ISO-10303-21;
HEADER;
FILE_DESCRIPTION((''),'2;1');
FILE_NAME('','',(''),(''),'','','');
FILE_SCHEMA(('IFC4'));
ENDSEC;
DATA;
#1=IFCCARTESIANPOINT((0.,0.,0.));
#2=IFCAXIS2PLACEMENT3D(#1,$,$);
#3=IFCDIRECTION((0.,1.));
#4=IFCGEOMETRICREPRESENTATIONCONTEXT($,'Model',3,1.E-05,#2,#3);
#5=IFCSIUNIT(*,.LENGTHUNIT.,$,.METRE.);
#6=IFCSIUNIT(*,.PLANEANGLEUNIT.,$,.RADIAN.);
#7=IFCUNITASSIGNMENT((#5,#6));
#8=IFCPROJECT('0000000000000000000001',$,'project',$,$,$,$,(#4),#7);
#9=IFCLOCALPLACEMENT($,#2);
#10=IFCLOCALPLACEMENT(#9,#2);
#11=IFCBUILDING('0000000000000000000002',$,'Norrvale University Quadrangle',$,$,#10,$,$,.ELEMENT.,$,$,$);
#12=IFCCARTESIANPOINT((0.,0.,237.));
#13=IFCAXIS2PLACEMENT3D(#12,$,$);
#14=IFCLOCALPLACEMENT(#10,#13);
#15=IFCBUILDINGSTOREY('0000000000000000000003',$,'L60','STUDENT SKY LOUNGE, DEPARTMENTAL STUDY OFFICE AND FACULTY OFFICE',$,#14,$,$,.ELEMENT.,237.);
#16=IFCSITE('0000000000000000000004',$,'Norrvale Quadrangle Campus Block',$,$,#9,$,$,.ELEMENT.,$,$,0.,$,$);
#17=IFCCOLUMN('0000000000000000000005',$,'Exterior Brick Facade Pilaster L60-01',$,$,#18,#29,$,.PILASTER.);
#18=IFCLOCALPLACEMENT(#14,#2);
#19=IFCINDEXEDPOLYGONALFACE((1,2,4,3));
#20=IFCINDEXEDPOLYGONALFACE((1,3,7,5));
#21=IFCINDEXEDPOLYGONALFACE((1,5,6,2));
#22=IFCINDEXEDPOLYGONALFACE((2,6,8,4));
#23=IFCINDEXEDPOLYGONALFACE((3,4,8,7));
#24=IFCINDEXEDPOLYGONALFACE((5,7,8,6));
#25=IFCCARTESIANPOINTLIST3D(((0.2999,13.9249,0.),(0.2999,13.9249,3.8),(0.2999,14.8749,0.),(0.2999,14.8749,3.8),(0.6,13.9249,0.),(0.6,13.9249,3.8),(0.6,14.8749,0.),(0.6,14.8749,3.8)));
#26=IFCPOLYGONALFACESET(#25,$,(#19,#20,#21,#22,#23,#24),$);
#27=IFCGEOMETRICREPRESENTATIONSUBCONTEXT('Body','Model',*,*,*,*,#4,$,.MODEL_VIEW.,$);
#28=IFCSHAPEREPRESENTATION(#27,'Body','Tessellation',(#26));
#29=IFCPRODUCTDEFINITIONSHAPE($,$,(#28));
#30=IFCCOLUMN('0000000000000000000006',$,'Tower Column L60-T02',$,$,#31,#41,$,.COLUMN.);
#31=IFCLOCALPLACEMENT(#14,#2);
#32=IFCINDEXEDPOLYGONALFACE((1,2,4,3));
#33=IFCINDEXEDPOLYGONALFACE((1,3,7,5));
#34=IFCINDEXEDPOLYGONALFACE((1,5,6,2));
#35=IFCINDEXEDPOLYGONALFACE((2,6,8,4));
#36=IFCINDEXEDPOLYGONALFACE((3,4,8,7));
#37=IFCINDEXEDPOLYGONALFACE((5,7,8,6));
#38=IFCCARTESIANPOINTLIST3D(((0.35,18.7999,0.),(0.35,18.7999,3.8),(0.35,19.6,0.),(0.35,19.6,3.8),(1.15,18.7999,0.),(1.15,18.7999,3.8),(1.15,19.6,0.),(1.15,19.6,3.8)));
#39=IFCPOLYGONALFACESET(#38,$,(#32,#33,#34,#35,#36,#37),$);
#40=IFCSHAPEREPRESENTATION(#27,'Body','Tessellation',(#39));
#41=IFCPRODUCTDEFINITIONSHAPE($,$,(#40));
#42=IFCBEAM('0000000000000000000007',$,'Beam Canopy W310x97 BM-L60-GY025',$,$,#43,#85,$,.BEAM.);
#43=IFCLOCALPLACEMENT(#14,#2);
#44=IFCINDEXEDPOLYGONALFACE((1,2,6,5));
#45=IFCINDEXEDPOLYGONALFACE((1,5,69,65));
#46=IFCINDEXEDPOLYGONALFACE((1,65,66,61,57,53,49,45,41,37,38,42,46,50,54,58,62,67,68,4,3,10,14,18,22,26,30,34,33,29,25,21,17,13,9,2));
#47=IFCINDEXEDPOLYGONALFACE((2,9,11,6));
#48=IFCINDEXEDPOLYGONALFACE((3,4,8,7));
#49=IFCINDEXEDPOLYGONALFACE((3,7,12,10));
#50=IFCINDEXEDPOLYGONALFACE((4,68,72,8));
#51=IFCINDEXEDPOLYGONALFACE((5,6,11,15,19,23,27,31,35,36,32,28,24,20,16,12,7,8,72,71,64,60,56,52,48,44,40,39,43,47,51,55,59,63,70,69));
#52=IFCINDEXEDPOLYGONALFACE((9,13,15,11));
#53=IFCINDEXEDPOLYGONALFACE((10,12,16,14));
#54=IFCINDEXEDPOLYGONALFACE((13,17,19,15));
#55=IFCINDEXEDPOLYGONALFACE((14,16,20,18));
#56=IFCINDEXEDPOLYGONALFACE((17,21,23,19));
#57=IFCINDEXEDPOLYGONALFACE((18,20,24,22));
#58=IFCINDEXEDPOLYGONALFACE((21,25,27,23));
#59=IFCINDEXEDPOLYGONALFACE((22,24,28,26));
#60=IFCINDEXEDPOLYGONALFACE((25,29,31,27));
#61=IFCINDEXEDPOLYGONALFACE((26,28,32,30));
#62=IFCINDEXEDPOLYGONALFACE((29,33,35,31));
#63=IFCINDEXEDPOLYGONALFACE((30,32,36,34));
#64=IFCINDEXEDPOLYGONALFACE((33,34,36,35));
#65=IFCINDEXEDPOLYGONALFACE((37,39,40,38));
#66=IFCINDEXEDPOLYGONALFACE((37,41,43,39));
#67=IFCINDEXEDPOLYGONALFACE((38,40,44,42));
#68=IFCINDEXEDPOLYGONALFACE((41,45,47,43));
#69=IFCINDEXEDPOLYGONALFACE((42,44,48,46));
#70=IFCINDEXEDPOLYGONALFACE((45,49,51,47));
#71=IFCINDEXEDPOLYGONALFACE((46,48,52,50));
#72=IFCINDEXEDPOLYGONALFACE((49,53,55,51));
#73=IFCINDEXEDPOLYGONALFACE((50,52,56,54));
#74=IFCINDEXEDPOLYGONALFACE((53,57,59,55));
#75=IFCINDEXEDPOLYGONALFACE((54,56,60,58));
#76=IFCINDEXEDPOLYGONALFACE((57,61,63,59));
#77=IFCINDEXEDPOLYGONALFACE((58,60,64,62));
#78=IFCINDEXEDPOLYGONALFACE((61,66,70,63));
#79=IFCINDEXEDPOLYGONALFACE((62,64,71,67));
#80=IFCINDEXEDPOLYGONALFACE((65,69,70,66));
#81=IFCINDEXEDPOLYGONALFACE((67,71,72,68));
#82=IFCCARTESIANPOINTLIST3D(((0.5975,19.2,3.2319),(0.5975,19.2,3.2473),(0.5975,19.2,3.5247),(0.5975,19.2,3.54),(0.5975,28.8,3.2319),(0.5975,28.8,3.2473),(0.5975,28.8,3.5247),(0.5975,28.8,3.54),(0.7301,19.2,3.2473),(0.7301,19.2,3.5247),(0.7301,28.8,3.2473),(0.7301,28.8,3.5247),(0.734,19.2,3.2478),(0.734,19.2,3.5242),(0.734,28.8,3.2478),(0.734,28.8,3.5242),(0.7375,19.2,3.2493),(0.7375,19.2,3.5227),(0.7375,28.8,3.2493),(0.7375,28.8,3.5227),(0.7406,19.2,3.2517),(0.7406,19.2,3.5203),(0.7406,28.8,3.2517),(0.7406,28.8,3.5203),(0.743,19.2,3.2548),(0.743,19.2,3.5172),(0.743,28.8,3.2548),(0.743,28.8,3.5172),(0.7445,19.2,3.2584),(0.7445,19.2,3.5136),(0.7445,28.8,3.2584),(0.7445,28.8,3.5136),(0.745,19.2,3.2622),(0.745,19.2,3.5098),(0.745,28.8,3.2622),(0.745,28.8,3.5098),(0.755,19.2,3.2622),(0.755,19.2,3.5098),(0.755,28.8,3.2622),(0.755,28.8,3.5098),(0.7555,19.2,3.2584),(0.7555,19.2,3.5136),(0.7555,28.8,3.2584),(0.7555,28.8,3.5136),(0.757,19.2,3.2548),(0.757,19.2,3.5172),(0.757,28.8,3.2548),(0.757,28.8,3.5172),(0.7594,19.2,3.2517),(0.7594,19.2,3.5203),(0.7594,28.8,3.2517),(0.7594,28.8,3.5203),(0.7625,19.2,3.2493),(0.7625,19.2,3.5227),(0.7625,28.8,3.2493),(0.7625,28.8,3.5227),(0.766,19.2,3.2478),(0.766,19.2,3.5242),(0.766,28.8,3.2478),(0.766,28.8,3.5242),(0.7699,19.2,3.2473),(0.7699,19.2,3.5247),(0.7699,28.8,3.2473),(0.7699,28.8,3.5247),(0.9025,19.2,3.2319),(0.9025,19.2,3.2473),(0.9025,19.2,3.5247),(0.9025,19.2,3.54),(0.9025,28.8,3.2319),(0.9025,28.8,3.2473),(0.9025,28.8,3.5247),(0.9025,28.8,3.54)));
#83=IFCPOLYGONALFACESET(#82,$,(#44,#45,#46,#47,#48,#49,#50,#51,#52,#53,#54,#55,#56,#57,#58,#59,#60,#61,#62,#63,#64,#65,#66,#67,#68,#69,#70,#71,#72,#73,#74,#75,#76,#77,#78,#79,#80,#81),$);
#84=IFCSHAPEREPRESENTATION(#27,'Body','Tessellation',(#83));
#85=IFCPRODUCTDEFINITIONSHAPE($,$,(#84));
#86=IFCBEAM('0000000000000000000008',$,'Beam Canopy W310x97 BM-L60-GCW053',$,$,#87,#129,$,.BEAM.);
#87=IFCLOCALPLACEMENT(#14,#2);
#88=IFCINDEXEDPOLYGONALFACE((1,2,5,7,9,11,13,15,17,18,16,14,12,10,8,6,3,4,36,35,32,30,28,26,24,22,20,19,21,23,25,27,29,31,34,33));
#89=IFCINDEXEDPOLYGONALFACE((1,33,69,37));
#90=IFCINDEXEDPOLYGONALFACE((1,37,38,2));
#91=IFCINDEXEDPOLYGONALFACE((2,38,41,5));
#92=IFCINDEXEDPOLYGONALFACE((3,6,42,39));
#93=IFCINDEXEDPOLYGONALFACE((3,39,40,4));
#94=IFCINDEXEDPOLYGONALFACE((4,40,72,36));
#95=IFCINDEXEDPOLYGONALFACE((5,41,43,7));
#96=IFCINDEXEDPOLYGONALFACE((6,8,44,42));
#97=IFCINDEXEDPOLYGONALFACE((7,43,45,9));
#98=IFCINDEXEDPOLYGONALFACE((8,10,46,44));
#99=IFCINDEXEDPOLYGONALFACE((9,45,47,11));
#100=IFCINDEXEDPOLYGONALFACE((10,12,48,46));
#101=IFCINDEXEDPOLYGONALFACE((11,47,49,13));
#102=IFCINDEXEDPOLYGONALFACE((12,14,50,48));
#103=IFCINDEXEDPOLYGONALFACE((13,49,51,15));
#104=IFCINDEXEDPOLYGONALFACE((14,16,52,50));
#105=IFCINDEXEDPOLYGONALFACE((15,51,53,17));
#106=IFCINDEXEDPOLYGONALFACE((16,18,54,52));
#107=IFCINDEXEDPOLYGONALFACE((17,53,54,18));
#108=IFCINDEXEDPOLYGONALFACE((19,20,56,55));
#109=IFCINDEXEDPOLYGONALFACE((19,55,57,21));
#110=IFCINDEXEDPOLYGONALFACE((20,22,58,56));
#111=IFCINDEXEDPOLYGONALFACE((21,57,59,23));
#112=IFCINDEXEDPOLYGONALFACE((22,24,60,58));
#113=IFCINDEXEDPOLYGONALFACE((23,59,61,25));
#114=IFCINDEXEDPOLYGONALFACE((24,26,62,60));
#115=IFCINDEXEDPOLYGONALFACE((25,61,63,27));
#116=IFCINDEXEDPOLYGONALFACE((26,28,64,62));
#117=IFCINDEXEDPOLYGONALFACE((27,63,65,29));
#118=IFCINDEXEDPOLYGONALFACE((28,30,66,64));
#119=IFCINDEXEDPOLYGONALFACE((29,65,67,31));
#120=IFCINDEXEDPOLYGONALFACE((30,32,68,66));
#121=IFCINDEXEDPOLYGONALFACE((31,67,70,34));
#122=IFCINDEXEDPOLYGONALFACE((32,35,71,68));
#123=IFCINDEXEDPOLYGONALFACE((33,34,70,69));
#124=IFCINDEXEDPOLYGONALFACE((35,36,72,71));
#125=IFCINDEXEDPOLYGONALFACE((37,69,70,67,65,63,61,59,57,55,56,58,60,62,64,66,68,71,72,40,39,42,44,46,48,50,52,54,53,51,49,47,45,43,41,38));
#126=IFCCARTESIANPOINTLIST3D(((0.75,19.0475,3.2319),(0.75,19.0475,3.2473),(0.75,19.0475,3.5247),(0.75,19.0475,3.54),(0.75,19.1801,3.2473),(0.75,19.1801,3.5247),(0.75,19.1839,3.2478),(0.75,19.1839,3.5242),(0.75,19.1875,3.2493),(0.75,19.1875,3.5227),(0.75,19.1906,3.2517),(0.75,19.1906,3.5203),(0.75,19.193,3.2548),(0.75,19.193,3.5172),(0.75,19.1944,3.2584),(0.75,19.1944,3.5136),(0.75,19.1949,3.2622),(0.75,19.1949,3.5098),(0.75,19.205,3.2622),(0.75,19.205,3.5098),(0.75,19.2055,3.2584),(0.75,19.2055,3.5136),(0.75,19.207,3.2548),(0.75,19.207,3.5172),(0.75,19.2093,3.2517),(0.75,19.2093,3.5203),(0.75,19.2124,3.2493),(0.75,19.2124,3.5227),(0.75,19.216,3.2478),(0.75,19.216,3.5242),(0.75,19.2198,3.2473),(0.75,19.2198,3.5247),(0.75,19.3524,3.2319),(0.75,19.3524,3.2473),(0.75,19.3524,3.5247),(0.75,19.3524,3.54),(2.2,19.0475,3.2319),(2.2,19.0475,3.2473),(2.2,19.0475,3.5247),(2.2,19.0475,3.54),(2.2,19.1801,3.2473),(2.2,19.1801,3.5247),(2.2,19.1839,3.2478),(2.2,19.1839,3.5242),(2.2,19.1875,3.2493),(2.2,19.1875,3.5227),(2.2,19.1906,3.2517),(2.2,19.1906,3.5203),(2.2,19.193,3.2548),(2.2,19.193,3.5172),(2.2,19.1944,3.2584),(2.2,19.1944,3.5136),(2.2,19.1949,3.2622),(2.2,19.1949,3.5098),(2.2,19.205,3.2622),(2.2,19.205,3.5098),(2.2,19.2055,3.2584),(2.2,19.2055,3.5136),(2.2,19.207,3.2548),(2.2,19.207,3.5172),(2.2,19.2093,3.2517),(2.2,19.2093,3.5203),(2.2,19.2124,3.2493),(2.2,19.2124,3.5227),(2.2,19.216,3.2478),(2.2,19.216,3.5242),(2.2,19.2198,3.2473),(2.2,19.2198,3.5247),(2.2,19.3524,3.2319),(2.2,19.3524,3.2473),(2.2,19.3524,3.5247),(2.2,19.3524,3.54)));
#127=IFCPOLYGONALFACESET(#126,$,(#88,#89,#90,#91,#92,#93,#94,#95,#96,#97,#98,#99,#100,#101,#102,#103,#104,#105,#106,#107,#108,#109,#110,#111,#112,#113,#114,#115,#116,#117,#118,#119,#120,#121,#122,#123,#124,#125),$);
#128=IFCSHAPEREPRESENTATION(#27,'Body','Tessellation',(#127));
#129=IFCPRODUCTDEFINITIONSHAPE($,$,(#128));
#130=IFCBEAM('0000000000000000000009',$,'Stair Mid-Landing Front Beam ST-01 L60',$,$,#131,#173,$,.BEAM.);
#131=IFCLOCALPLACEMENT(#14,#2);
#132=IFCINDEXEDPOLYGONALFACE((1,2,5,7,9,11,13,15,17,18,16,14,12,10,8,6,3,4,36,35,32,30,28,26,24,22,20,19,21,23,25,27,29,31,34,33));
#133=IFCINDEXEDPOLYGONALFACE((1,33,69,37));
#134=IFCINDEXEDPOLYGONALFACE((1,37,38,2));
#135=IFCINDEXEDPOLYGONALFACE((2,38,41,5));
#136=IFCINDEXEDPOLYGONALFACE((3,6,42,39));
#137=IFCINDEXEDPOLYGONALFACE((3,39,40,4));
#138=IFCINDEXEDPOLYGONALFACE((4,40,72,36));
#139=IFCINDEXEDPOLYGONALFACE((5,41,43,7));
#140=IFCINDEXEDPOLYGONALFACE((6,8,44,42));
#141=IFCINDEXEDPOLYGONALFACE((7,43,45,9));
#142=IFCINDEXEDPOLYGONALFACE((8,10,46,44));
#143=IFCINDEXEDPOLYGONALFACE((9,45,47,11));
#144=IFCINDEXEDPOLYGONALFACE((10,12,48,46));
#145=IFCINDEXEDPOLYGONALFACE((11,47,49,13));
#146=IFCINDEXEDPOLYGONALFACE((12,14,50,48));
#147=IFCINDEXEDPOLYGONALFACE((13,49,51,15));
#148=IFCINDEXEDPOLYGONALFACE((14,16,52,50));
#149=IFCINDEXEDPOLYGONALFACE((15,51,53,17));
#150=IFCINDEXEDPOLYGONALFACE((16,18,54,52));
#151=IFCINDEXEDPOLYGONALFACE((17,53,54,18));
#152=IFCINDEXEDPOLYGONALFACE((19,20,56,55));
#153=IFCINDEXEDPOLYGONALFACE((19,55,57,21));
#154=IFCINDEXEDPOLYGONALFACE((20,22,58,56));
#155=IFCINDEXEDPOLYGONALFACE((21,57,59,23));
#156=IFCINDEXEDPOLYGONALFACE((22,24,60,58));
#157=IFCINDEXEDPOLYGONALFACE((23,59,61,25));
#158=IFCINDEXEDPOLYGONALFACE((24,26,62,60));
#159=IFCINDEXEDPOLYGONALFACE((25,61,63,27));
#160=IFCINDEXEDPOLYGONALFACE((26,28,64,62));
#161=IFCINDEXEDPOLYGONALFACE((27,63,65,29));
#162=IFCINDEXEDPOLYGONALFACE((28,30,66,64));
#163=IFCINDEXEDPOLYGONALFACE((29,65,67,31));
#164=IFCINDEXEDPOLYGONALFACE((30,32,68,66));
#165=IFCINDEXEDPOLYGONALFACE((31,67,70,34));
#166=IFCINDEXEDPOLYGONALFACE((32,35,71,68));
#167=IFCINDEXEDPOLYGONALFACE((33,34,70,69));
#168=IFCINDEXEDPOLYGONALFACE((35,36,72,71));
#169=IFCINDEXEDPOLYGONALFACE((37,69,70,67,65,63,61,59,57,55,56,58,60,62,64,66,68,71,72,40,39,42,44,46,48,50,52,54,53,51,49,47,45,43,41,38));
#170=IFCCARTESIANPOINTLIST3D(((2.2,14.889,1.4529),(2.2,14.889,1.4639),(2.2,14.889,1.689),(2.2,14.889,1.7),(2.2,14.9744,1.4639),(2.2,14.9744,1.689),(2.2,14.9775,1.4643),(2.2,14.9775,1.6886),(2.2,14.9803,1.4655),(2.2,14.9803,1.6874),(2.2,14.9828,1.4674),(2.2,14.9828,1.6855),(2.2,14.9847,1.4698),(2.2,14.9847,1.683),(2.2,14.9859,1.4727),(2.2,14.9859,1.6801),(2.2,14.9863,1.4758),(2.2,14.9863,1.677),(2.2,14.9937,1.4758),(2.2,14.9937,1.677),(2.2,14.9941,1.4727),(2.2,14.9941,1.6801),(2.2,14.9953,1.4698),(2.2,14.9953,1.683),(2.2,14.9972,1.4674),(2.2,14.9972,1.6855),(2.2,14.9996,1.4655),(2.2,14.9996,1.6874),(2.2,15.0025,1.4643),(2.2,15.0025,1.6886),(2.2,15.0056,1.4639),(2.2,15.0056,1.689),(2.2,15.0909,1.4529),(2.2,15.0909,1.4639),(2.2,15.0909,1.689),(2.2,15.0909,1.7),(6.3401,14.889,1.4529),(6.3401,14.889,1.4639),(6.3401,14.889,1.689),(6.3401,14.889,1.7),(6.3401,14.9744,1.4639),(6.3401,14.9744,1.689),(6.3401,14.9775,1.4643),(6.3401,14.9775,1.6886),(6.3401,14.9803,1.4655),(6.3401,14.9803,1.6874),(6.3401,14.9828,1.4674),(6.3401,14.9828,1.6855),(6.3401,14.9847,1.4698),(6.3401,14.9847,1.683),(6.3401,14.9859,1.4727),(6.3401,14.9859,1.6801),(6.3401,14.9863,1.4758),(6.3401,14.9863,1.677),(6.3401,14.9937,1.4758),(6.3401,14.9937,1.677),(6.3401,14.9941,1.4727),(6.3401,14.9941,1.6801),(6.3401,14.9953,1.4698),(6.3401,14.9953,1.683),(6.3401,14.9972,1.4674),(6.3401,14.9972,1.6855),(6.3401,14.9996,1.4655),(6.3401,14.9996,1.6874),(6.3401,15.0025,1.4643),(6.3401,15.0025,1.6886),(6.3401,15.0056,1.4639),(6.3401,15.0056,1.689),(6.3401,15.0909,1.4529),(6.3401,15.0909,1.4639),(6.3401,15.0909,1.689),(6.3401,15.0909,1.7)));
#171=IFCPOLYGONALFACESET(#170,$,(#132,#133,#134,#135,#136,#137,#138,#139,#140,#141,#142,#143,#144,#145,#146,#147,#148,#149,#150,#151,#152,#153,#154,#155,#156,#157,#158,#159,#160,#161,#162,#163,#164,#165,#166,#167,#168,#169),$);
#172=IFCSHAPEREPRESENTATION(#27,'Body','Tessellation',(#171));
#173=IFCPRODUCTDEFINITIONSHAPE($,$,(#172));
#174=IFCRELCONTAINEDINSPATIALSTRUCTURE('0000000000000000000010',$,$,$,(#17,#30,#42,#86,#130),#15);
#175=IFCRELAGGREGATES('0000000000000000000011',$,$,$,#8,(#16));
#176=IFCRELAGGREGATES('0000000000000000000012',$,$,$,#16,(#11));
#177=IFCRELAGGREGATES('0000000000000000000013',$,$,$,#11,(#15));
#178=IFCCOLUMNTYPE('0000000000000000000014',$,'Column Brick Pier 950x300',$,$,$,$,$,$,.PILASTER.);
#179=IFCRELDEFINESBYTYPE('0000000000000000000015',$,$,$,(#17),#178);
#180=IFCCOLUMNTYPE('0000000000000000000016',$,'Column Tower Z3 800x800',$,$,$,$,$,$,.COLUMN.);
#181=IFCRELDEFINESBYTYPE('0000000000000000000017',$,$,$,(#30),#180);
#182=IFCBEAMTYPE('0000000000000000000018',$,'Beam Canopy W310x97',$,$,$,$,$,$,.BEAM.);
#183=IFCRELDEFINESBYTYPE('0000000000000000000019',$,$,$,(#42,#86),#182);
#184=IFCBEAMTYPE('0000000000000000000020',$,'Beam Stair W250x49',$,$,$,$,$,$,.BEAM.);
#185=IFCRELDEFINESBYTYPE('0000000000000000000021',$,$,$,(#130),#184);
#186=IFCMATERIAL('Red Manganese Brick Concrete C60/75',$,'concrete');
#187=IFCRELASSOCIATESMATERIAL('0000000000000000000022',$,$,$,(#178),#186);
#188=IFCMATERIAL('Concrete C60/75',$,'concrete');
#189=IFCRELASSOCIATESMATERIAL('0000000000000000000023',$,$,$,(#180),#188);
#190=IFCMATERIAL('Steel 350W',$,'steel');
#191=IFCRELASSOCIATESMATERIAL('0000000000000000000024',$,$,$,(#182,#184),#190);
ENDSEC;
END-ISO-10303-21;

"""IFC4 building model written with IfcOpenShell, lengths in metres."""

from ifc_helpers import new_model, si_unit, direction, frame, origin, origin_2d, place, context, subcontext, project, spatial, rectangle, i_section, extrude, material, material_profile, profile_set, type_object, element, save


model = new_model("IFC4")

# Units and contexts
model_context = context("Model", 3, precision=1e-05, world=origin(), true_north=direction((0.0, 1.0)))
body_context = subcontext(model_context, "Body", "Model", "MODEL_VIEW")
ifc_project = project(units=[si_unit("LENGTHUNIT", "METRE"), si_unit("PLANEANGLEUNIT", "RADIAN")], contexts=[model_context])

# Site, building, storey
site_placement = place(None, origin())
site = spatial("IfcSite", under=ifc_project, at=site_placement, Name="Norrvale Quadrangle Campus Block", CompositionType="ELEMENT", RefElevation=0.0)
building_placement = place(site_placement, origin())
building = spatial("IfcBuilding", under=site, at=building_placement, Name="Norrvale University Quadrangle", CompositionType="ELEMENT")
storey_placement = place(building_placement, frame((0.0, 0.0, 237.0)))
storey = spatial("IfcBuildingStorey", under=building, at=storey_placement, Name="L60", Description="STUDENT SKY LOUNGE, DEPARTMENTAL STUDY OFFICE AND FACULTY OFFICE", CompositionType="ELEMENT", Elevation=237.0)

# Columns
ifc_material_1 = material(Name="Red Manganese Brick Concrete C60/75", Category="concrete")
ifc_material_profile_1 = material_profile(ifc_material_1, rectangle(XDim=0.95, YDim=0.3, at=origin_2d()), Name="Red Manganese Brick Concrete C60/75")
ifc_profile_set_1 = profile_set([ifc_material_profile_1], Name="Red Manganese Brick Concrete C60/75")
column_type_1 = type_object("IfcColumnType", Name="Column Brick Pier 950x300", PredefinedType="PILASTER", material=ifc_profile_set_1)
column_1_placement = place(storey_placement, frame((0.45, 14.3999, 0.0), z_axis=(0.0, 0.0, 1.0), x_axis=(0.0, 1.0, 0.0)))
element("IfcColumn", 1, at=column_1_placement, inside=storey, type_object=column_type_1, Name="Exterior Brick Facade Pilaster L60-01", PredefinedType="PILASTER", context=body_context, shape_type="SweptSolid", body=[
    extrude(rectangle(XDim=0.95, YDim=0.3, at=origin_2d()), origin(), (0.0, 0.0, 1.0), 3.8),
])
ifc_material_2 = material(Name="Concrete C60/75", Category="concrete")
ifc_material_profile_2 = material_profile(ifc_material_2, rectangle(XDim=0.8, YDim=0.8, at=origin_2d()), Name="Concrete C60/75")
ifc_profile_set_2 = profile_set([ifc_material_profile_2], Name="Concrete C60/75")
column_type_2 = type_object("IfcColumnType", Name="Column Tower Z3 800x800", PredefinedType="COLUMN", material=ifc_profile_set_2)
column_2_placement = place(storey_placement, frame((0.75, 19.2, 0.0), z_axis=(0.0, 0.0, 1.0), x_axis=(1.0, 0.0, 0.0)))
element("IfcColumn", 2, at=column_2_placement, inside=storey, type_object=column_type_2, Name="Tower Column L60-T02", PredefinedType="COLUMN", context=body_context, shape_type="SweptSolid", body=[
    extrude(rectangle(XDim=0.8, YDim=0.8, at=origin_2d()), origin(), (0.0, 0.0, 1.0), 3.8),
])

# Beams
ifc_material_3 = material(Name="Steel 350W", Category="steel")
ifc_material_profile_3 = material_profile(ifc_material_3, i_section(OverallWidth=0.3049, OverallDepth=0.3081, WebThickness=0.01, FlangeThickness=0.0154, FilletRadius=0.0149, at=origin_2d()), Name="Steel 350W")
ifc_profile_set_3 = profile_set([ifc_material_profile_3], Name="Steel 350W")
beam_type_1 = type_object("IfcBeamType", Name="Beam Canopy W310x97", PredefinedType="BEAM", material=ifc_profile_set_3)
beam_1_placement = place(storey_placement, frame((0.75, 19.2, 3.386), z_axis=(0.0, 1.0, 0.0), x_axis=(-1.0, 0.0, 0.0)))
element("IfcBeam", 3, at=beam_1_placement, inside=storey, type_object=beam_type_1, Name="Beam Canopy W310x97 BM-L60-GY025", PredefinedType="BEAM", context=body_context, shape_type="SweptSolid", body=[
    extrude(i_section(OverallWidth=0.3049, OverallDepth=0.3081, WebThickness=0.01, FlangeThickness=0.0154, FilletRadius=0.0149, at=origin_2d()), origin(), (0.0, 0.0, 1.0), 9.6001),
])
beam_2_placement = place(storey_placement, frame((0.75, 19.2, 3.386), z_axis=(1.0, 0.0, 0.0), x_axis=(0.0, 1.0, 0.0)))
element("IfcBeam", 4, at=beam_2_placement, inside=storey, type_object=beam_type_1, Name="Beam Canopy W310x97 BM-L60-GCW053", PredefinedType="BEAM", context=body_context, shape_type="SweptSolid", body=[
    extrude(i_section(OverallWidth=0.3049, OverallDepth=0.3081, WebThickness=0.01, FlangeThickness=0.0154, FilletRadius=0.0149, at=origin_2d()), origin(), (0.0, 0.0, 1.0), 1.45),
])
ifc_material_profile_4 = material_profile(ifc_material_3, i_section(OverallWidth=0.2019, OverallDepth=0.2471, WebThickness=0.0073, FlangeThickness=0.011, FilletRadius=0.012, at=origin_2d()), Name="Steel 350W")
ifc_profile_set_4 = profile_set([ifc_material_profile_4], Name="Steel 350W")
beam_type_2 = type_object("IfcBeamType", Name="Beam Stair W250x49", PredefinedType="BEAM", material=ifc_profile_set_4)
for number, where, z_axis, x_axis, name in (
    (5, (2.2, 14.99, 1.5764), (1.0, 0.0, 0.0), (0.0, 1.0, 0.0), "Stair Mid-Landing Front Beam ST-01 L60"),
):
    element("IfcBeam", number, at=place(storey_placement, frame(where, z_axis=z_axis, x_axis=x_axis)), inside=storey, type_object=beam_type_2, Name=name, PredefinedType="BEAM", context=body_context, shape_type="SweptSolid", body=[
        extrude(i_section(OverallWidth=0.2019, OverallDepth=0.2471, WebThickness=0.0073, FlangeThickness=0.011, FilletRadius=0.012, at=origin_2d()), origin(), (0.0, 0.0, 1.0), 4.1401),
    ])

save(model, "model.ifc")
